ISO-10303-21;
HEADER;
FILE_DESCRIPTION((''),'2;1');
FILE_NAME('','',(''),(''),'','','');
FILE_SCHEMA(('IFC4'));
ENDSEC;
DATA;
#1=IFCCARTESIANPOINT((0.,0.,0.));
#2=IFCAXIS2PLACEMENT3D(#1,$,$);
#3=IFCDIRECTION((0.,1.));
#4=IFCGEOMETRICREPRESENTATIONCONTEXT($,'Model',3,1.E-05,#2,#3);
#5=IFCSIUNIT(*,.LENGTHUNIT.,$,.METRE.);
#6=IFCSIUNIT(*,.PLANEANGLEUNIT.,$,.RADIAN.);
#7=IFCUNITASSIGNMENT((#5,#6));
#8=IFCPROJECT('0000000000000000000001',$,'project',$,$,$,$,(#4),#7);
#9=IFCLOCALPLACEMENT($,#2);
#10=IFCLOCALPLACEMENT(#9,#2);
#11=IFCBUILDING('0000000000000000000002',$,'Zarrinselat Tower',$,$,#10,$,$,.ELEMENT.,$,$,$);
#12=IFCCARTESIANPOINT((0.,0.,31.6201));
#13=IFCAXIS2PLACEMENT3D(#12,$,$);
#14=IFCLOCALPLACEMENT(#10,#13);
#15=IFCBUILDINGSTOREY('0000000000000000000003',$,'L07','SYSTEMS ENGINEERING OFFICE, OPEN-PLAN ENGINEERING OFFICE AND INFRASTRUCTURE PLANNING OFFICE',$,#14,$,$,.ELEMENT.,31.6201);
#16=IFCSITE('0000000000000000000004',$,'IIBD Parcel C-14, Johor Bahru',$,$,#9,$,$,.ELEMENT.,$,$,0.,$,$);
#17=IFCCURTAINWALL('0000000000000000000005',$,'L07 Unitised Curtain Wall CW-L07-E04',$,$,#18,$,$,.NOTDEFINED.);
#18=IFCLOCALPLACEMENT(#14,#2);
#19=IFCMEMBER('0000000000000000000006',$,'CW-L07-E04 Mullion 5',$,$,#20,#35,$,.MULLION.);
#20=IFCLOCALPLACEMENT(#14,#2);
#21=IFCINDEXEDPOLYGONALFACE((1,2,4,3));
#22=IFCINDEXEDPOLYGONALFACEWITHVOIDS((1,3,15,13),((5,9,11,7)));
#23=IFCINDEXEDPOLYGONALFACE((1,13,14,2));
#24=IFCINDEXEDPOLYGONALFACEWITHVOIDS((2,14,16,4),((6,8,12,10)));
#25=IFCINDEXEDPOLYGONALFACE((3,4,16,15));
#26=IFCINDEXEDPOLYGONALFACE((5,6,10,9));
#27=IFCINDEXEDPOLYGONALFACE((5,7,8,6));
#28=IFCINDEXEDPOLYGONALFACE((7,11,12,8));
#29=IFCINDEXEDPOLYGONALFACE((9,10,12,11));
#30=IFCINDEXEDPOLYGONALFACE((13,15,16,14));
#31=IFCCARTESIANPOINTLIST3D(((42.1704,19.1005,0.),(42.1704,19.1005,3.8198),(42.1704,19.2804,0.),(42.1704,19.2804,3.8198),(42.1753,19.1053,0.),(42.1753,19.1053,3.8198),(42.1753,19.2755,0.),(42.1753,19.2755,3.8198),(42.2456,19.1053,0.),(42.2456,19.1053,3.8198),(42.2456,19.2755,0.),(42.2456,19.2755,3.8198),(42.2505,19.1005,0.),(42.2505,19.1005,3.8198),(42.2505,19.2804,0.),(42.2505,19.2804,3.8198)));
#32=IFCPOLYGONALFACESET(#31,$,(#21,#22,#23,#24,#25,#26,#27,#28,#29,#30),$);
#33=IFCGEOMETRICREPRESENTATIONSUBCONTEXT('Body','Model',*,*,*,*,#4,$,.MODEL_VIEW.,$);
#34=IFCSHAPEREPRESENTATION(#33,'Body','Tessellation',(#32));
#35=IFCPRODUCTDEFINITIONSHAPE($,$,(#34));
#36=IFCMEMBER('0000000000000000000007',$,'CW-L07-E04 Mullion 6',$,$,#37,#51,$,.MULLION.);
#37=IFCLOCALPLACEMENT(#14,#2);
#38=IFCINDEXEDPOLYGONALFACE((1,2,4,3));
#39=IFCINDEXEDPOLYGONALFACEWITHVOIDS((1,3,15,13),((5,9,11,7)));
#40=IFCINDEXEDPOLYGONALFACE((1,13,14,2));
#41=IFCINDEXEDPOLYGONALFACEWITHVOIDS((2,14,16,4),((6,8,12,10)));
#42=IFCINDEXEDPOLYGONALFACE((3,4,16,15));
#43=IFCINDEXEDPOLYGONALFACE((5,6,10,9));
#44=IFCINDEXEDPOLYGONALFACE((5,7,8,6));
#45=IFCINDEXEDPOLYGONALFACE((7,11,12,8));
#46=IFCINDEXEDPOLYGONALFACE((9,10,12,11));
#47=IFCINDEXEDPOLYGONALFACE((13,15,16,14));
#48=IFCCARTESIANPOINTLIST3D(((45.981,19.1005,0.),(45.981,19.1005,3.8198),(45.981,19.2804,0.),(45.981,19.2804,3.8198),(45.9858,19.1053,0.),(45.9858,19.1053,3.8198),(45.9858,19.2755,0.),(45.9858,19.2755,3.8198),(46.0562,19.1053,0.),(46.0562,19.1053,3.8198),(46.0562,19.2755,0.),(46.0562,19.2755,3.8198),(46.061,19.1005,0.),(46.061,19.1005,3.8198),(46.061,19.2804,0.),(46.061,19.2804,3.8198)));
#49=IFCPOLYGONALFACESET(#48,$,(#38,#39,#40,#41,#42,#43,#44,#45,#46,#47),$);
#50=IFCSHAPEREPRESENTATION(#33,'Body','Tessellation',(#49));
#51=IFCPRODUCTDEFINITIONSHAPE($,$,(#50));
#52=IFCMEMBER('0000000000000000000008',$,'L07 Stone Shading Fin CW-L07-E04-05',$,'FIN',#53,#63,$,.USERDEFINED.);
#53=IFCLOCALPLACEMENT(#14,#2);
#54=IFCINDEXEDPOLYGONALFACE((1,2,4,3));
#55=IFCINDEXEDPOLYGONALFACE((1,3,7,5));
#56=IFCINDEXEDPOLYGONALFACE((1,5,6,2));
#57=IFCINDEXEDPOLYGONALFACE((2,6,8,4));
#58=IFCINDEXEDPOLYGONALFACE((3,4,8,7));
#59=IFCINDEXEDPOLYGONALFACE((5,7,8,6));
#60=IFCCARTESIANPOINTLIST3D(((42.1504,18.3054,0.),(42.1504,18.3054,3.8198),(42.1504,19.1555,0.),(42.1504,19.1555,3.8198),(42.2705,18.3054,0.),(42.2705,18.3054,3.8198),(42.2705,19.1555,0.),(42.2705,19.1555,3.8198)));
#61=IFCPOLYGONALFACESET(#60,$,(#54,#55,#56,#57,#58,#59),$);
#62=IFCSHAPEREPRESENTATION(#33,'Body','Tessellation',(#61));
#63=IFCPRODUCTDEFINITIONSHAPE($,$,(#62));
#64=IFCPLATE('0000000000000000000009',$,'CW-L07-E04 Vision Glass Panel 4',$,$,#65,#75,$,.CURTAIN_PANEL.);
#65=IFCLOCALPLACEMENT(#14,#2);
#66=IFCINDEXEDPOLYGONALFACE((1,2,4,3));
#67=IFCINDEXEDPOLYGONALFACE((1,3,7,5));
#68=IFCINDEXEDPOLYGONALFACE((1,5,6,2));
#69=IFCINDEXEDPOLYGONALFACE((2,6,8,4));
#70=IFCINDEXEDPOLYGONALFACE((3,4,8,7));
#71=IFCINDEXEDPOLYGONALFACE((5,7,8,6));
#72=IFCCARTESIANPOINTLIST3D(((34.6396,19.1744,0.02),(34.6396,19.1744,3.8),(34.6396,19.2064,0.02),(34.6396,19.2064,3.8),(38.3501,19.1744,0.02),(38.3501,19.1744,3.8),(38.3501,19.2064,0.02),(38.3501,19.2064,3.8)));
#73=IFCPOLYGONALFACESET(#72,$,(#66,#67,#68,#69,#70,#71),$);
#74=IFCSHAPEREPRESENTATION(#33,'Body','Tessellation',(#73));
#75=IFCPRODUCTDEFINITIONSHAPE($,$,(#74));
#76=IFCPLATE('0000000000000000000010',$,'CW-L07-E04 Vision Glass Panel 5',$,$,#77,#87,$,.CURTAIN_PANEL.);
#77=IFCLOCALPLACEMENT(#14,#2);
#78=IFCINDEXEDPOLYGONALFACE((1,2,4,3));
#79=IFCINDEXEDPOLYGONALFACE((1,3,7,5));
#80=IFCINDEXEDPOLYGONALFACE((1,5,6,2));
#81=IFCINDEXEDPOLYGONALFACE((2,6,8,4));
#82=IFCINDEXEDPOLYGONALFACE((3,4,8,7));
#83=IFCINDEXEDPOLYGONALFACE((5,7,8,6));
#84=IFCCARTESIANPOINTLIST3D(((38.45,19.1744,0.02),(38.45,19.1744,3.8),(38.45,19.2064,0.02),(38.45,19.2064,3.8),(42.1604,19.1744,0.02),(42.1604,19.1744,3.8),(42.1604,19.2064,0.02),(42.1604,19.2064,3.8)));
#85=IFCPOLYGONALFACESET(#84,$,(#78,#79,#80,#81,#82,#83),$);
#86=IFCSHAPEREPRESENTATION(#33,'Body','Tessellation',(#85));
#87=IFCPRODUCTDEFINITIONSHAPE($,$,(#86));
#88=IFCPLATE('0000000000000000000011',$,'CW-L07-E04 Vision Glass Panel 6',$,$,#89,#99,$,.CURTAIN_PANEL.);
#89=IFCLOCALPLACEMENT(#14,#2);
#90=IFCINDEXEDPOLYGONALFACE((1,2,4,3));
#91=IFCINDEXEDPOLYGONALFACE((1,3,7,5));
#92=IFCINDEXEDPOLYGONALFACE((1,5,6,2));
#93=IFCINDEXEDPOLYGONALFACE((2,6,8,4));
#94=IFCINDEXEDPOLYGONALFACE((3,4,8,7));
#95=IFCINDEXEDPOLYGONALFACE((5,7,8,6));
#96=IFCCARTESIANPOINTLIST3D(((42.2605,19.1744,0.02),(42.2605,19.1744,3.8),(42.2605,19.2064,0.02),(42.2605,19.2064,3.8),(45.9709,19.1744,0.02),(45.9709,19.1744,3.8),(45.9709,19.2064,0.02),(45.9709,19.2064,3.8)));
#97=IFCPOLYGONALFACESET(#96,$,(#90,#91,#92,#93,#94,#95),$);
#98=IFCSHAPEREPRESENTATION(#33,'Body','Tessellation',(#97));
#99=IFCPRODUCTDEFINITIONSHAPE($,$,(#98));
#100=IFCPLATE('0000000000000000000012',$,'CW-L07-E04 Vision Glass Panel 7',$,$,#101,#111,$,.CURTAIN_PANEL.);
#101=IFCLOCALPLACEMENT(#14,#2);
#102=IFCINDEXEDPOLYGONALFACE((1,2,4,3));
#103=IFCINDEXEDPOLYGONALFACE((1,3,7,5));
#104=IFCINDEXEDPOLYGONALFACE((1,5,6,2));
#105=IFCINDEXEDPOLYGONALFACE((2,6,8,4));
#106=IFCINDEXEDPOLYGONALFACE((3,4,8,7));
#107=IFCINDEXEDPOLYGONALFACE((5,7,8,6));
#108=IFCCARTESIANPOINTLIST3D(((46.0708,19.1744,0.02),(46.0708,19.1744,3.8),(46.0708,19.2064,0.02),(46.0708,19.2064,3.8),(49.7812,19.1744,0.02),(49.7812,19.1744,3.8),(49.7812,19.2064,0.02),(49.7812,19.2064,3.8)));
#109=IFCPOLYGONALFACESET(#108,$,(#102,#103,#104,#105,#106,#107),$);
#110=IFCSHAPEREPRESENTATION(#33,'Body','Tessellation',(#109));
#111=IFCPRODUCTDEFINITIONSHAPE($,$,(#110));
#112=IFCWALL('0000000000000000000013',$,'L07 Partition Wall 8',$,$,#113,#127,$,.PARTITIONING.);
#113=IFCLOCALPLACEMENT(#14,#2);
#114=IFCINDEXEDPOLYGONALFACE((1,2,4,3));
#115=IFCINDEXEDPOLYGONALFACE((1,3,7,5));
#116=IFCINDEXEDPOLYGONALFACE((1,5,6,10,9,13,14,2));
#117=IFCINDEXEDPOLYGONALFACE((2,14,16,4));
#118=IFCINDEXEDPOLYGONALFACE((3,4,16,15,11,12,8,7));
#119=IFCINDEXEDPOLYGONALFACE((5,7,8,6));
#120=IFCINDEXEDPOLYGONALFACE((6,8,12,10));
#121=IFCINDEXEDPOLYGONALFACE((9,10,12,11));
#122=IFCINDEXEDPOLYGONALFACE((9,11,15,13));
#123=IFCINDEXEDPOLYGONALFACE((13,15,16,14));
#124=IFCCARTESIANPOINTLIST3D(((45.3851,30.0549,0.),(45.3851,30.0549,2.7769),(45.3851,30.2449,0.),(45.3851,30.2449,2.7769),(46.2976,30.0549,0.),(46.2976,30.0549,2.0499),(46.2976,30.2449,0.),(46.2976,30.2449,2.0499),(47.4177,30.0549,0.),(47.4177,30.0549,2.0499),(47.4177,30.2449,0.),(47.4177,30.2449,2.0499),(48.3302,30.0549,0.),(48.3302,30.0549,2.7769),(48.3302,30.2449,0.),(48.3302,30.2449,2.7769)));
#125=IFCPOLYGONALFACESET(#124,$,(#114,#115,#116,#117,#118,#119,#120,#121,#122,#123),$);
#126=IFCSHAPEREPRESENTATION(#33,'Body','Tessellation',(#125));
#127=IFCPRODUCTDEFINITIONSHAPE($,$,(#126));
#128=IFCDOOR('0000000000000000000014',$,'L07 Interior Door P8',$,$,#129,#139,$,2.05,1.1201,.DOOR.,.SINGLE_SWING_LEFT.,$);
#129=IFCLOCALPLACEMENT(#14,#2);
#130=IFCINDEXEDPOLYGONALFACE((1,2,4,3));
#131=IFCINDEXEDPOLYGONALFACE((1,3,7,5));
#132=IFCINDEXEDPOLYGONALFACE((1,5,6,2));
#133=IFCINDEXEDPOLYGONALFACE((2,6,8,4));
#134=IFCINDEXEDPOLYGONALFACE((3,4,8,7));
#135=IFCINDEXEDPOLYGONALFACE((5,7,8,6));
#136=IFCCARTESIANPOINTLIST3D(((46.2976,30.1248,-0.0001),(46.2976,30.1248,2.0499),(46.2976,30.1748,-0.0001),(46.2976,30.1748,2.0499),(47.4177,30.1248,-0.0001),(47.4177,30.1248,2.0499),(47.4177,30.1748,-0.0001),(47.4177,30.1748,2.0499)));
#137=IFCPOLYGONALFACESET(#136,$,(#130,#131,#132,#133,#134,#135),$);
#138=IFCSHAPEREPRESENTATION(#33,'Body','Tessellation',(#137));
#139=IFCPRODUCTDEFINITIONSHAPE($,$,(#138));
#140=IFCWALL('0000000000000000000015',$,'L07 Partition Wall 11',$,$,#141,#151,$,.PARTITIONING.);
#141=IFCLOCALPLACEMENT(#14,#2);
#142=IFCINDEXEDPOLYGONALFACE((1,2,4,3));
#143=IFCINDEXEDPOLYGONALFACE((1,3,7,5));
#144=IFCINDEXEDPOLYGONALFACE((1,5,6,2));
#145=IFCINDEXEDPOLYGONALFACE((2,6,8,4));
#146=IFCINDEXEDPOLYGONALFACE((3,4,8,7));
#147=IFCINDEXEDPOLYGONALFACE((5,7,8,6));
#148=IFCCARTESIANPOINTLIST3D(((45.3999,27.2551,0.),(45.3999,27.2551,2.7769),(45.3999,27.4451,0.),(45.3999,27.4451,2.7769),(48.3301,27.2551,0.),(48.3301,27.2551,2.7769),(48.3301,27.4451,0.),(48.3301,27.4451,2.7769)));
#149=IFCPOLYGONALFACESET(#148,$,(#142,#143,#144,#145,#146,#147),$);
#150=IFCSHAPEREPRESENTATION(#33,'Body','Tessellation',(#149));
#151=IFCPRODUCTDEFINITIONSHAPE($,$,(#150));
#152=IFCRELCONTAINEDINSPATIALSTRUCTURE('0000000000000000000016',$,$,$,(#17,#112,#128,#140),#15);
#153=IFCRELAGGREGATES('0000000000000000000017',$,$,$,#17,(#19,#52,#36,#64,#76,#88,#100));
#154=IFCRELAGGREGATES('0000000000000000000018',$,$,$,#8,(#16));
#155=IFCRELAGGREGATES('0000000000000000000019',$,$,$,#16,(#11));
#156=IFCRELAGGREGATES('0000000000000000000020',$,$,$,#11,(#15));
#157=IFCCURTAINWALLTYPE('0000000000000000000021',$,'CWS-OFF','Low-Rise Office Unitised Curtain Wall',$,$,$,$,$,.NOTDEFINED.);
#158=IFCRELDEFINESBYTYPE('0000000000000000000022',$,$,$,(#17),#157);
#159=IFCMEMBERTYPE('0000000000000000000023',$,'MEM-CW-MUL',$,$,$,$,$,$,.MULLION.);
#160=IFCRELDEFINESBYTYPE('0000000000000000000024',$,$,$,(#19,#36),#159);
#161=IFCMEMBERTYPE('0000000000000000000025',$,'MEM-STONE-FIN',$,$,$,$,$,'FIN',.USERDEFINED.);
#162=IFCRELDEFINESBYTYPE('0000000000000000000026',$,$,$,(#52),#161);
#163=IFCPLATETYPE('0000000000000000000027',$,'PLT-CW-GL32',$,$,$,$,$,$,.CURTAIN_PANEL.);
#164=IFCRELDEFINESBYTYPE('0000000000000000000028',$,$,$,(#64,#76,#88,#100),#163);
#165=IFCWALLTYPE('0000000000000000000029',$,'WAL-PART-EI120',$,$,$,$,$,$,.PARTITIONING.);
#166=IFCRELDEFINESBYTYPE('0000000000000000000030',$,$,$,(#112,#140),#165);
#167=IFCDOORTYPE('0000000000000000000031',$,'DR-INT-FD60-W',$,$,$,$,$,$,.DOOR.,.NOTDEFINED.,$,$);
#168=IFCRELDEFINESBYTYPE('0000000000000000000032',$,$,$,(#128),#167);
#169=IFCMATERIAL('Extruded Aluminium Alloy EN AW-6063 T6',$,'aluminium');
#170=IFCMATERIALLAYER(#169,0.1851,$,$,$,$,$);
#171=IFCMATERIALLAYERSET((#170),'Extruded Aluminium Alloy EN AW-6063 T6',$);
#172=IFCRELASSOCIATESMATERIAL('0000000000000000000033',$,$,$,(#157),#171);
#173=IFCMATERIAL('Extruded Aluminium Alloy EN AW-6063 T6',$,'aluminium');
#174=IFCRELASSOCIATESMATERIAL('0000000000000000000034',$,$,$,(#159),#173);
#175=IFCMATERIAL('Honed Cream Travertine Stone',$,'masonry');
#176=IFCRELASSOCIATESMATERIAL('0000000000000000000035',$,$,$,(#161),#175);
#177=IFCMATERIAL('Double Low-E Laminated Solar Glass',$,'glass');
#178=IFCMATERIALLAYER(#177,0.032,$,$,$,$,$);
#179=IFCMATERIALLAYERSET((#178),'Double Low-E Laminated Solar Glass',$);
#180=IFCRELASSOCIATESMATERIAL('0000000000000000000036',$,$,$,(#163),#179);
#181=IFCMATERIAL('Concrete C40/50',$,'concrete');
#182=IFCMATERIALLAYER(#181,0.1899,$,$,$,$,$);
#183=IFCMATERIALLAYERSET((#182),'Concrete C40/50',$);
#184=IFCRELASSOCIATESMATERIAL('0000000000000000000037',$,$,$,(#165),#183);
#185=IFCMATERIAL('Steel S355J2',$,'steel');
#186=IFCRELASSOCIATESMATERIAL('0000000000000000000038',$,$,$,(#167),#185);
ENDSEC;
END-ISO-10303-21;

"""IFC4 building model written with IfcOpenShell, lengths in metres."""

from ifc_helpers import new_model, si_unit, direction, frame, frame_2d, origin, origin_2d, place, context, subcontext, project, spatial, rectangle, hollow_rectangle, extrude, material, layer, layer_set, material_profile, profile_set, type_object, element, fill, aggregate, save


model = new_model("IFC4")

# Units and contexts
model_context = context("Model", 3, precision=1e-05, world=origin(), true_north=direction((0.0, 1.0)))
body_context = subcontext(model_context, "Body", "Model", "MODEL_VIEW")
ifc_project = project(units=[si_unit("LENGTHUNIT", "METRE"), si_unit("PLANEANGLEUNIT", "RADIAN")], contexts=[model_context])

# Site, building, storey
site_placement = place(None, origin())
site = spatial("IfcSite", under=ifc_project, at=site_placement, Name="IIBD Parcel C-14, Johor Bahru", CompositionType="ELEMENT", RefElevation=0.0)
building_placement = place(site_placement, origin())
building = spatial("IfcBuilding", under=site, at=building_placement, Name="Zarrinselat Tower", CompositionType="ELEMENT")
storey_placement = place(building_placement, frame((0.0, 0.0, 31.6201)))
storey = spatial("IfcBuildingStorey", under=building, at=storey_placement, Name="L07", Description="SYSTEMS ENGINEERING OFFICE, OPEN-PLAN ENGINEERING OFFICE AND INFRASTRUCTURE PLANNING OFFICE", CompositionType="ELEMENT", Elevation=31.6201)

# Curtain wall, members, plates
ifc_material_1 = material(Name="Extruded Aluminium Alloy EN AW-6063 T6", Category="aluminium")
ifc_layer_1 = layer(ifc_material_1, 0.1851)
ifc_layer_set_1 = layer_set([ifc_layer_1], Name="Extruded Aluminium Alloy EN AW-6063 T6")
curtain_wall_type = type_object("IfcCurtainWallType", Name="CWS-OFF", Description="Low-Rise Office Unitised Curtain Wall", PredefinedType="NOTDEFINED", material=ifc_layer_set_1)
curtain_wall_placement = place(storey_placement, origin())
curtain_wall = element("IfcCurtainWall", 1, at=curtain_wall_placement, inside=storey, type_object=curtain_wall_type, Name="L07 Unitised Curtain Wall CW-L07-E04", PredefinedType="NOTDEFINED")
ifc_material_2 = material(Name="Extruded Aluminium Alloy EN AW-6063 T6", Category="aluminium")
ifc_material_profile_1 = material_profile(ifc_material_2, hollow_rectangle(XDim=0.0801, YDim=0.1799, WallThickness=0.0049, at=origin_2d()), Name="RHS 180x80x5")
ifc_profile_set_1 = profile_set([ifc_material_profile_1], Name="Extruded Aluminium Alloy EN AW-6063 T6")
member_type_1 = type_object("IfcMemberType", Name="MEM-CW-MUL", PredefinedType="MULLION", material=ifc_profile_set_1)
member_1_placement = place(storey_placement, frame((42.2104, 19.1904, 0.0), z_axis=(0.0, 0.0, 1.0), x_axis=(1.0, 0.0, 0.0)))
member_1 = element("IfcMember", 2, at=member_1_placement, type_object=member_type_1, Name="CW-L07-E04 Mullion 5", PredefinedType="MULLION", context=body_context, shape_type="SweptSolid", body=[
    extrude(hollow_rectangle(XDim=0.0801, YDim=0.1799, WallThickness=0.0049, at=origin_2d()), origin(), (0.0, 0.0, 1.0), 3.8198),
])
member_2_placement = place(storey_placement, frame((46.021, 19.1904, 0.0), z_axis=(0.0, 0.0, 1.0), x_axis=(1.0, 0.0, 0.0)))
member_2 = element("IfcMember", 3, at=member_2_placement, type_object=member_type_1, Name="CW-L07-E04 Mullion 6", PredefinedType="MULLION", context=body_context, shape_type="SweptSolid", body=[
    extrude(hollow_rectangle(XDim=0.0801, YDim=0.1799, WallThickness=0.0049, at=origin_2d()), origin(), (0.0, 0.0, 1.0), 3.8198),
])
ifc_material_3 = material(Name="Honed Cream Travertine Stone", Category="masonry")
ifc_material_profile_2 = material_profile(ifc_material_3, rectangle(XDim=0.1201, YDim=0.8501, at=origin_2d()), Name="FIN 850x120")
ifc_profile_set_2 = profile_set([ifc_material_profile_2], Name="Honed Cream Travertine Stone")
member_type_2 = type_object("IfcMemberType", Name="MEM-STONE-FIN", ElementType="FIN", PredefinedType="USERDEFINED", material=ifc_profile_set_2)
member_3_placement = place(storey_placement, frame((42.2104, 18.7305, 0.0), z_axis=(0.0, 0.0, 1.0), x_axis=(-1.0, 0.0, 0.0)))
member_3 = element("IfcMember", 4, at=member_3_placement, type_object=member_type_2, Name="L07 Stone Shading Fin CW-L07-E04-05", ObjectType="FIN", PredefinedType="USERDEFINED", context=body_context, shape_type="SweptSolid", body=[
    extrude(rectangle(XDim=0.1201, YDim=0.8501, at=origin_2d()), origin(), (0.0, 0.0, 1.0), 3.8198),
])
ifc_material_4 = material(Name="Double Low-E Laminated Solar Glass", Category="glass")
ifc_layer_2 = layer(ifc_material_4, 0.032)
ifc_layer_set_2 = layer_set([ifc_layer_2], Name="Double Low-E Laminated Solar Glass")
plate_type = type_object("IfcPlateType", Name="PLT-CW-GL32", PredefinedType="CURTAIN_PANEL", material=ifc_layer_set_2)
plate_1_placement = place(storey_placement, frame((36.4949, 19.1904, 0.02), z_axis=(0.0, 0.0, 1.0), x_axis=(1.0, 0.0, 0.0)))
plate_1 = element("IfcPlate", 5, at=plate_1_placement, type_object=plate_type, Name="CW-L07-E04 Vision Glass Panel 4", PredefinedType="CURTAIN_PANEL", context=body_context, shape_type="SweptSolid", body=[
    extrude(rectangle(XDim=3.7104, YDim=0.032, at=origin_2d()), origin(), (0.0, 0.0, 1.0), 3.78),
])
plate_2_placement = place(storey_placement, frame((40.3052, 19.1904, 0.02), z_axis=(0.0, 0.0, 1.0), x_axis=(1.0, 0.0, 0.0)))
plate_2 = element("IfcPlate", 6, at=plate_2_placement, type_object=plate_type, Name="CW-L07-E04 Vision Glass Panel 5", PredefinedType="CURTAIN_PANEL", context=body_context, shape_type="SweptSolid", body=[
    extrude(rectangle(XDim=3.7104, YDim=0.032, at=origin_2d()), origin(), (0.0, 0.0, 1.0), 3.78),
])
plate_3_placement = place(storey_placement, frame((44.1157, 19.1904, 0.02), z_axis=(0.0, 0.0, 1.0), x_axis=(1.0, 0.0, 0.0)))
plate_3 = element("IfcPlate", 7, at=plate_3_placement, type_object=plate_type, Name="CW-L07-E04 Vision Glass Panel 6", PredefinedType="CURTAIN_PANEL", context=body_context, shape_type="SweptSolid", body=[
    extrude(rectangle(XDim=3.7104, YDim=0.032, at=origin_2d()), origin(), (0.0, 0.0, 1.0), 3.78),
])
plate_4_placement = place(storey_placement, frame((47.926, 19.1904, 0.02), z_axis=(0.0, 0.0, 1.0), x_axis=(1.0, 0.0, 0.0)))
plate_4 = element("IfcPlate", 8, at=plate_4_placement, type_object=plate_type, Name="CW-L07-E04 Vision Glass Panel 7", PredefinedType="CURTAIN_PANEL", context=body_context, shape_type="SweptSolid", body=[
    extrude(rectangle(XDim=3.7104, YDim=0.032, at=origin_2d()), origin(), (0.0, 0.0, 1.0), 3.78),
])
aggregate(curtain_wall, [member_1, member_3, member_2, plate_1, plate_2, plate_3, plate_4])

# Wall, opening, door
ifc_material_5 = material(Name="Concrete C40/50", Category="concrete")
ifc_layer_3 = layer(ifc_material_5, 0.1899)
ifc_layer_set_3 = layer_set([ifc_layer_3], Name="Concrete C40/50")
wall_type = type_object("IfcWallType", Name="WAL-PART-EI120", PredefinedType="PARTITIONING", material=ifc_layer_set_3)
wall_1_placement = place(storey_placement, frame((45.385, 30.1499, 0.0), z_axis=(0.0, 0.0, 1.0), x_axis=(1.0, 0.0, 0.0)))
wall_1 = element("IfcWall", 9, at=wall_1_placement, inside=storey, type_object=wall_type, Name="L07 Partition Wall 8", PredefinedType="PARTITIONING", context=body_context, shape_type="SweptSolid", body=[
    extrude(rectangle(XDim=2.9451, YDim=0.1899, at=frame_2d((1.4727, 0.0))), origin(), (0.0, 0.0, 1.0), 2.7769),
])
opening_placement = place(wall_1_placement, frame((0.9126, 0.0, 0.0)))
opening = element("IfcOpeningElement", 10, at=opening_placement, cuts=wall_1, PredefinedType="OPENING", context=body_context, shape_type="SweptSolid", body=[
    extrude(rectangle(XDim=1.1201, YDim=2.05, at=frame_2d((0.5601, 1.0249))), frame((0.0, 0.105, 0.0), z_axis=(0.0, -1.0, 0.0), x_axis=(1.0, 0.0, 0.0)), (0.0, 0.0, 1.0), 0.21),
])
ifc_material_6 = material(Name="Steel S355J2", Category="steel")
door_type = type_object("IfcDoorType", Name="DR-INT-FD60-W", OperationType="NOTDEFINED", PredefinedType="DOOR", material=ifc_material_6)
door_placement = place(opening_placement, origin())
door = element("IfcDoor", 11, at=door_placement, inside=storey, type_object=door_type, Name="L07 Interior Door P8", OperationType="SINGLE_SWING_LEFT", OverallHeight=2.05, OverallWidth=1.1201, PredefinedType="DOOR", context=body_context, shape_type="SweptSolid", body=[
    extrude(rectangle(XDim=1.1201, YDim=2.05, at=frame_2d((0.5601, 1.0249))), frame((0.0, 0.0249, 0.0), z_axis=(0.0, -1.0, 0.0), x_axis=(1.0, 0.0, 0.0)), (0.0, 0.0, 1.0), 0.05),
])
fill(opening, door)

# Wall
wall_2_placement = place(storey_placement, frame((45.3999, 27.3501, 0.0), z_axis=(0.0, 0.0, 1.0), x_axis=(1.0, 0.0, 0.0)))
element("IfcWall", 12, at=wall_2_placement, inside=storey, type_object=wall_type, Name="L07 Partition Wall 11", PredefinedType="PARTITIONING", context=body_context, shape_type="SweptSolid", body=[
    extrude(rectangle(XDim=2.9302, YDim=0.1899, at=frame_2d((1.4651, 0.0))), origin(), (0.0, 0.0, 1.0), 2.7769),
])

save(model, "model.ifc")
